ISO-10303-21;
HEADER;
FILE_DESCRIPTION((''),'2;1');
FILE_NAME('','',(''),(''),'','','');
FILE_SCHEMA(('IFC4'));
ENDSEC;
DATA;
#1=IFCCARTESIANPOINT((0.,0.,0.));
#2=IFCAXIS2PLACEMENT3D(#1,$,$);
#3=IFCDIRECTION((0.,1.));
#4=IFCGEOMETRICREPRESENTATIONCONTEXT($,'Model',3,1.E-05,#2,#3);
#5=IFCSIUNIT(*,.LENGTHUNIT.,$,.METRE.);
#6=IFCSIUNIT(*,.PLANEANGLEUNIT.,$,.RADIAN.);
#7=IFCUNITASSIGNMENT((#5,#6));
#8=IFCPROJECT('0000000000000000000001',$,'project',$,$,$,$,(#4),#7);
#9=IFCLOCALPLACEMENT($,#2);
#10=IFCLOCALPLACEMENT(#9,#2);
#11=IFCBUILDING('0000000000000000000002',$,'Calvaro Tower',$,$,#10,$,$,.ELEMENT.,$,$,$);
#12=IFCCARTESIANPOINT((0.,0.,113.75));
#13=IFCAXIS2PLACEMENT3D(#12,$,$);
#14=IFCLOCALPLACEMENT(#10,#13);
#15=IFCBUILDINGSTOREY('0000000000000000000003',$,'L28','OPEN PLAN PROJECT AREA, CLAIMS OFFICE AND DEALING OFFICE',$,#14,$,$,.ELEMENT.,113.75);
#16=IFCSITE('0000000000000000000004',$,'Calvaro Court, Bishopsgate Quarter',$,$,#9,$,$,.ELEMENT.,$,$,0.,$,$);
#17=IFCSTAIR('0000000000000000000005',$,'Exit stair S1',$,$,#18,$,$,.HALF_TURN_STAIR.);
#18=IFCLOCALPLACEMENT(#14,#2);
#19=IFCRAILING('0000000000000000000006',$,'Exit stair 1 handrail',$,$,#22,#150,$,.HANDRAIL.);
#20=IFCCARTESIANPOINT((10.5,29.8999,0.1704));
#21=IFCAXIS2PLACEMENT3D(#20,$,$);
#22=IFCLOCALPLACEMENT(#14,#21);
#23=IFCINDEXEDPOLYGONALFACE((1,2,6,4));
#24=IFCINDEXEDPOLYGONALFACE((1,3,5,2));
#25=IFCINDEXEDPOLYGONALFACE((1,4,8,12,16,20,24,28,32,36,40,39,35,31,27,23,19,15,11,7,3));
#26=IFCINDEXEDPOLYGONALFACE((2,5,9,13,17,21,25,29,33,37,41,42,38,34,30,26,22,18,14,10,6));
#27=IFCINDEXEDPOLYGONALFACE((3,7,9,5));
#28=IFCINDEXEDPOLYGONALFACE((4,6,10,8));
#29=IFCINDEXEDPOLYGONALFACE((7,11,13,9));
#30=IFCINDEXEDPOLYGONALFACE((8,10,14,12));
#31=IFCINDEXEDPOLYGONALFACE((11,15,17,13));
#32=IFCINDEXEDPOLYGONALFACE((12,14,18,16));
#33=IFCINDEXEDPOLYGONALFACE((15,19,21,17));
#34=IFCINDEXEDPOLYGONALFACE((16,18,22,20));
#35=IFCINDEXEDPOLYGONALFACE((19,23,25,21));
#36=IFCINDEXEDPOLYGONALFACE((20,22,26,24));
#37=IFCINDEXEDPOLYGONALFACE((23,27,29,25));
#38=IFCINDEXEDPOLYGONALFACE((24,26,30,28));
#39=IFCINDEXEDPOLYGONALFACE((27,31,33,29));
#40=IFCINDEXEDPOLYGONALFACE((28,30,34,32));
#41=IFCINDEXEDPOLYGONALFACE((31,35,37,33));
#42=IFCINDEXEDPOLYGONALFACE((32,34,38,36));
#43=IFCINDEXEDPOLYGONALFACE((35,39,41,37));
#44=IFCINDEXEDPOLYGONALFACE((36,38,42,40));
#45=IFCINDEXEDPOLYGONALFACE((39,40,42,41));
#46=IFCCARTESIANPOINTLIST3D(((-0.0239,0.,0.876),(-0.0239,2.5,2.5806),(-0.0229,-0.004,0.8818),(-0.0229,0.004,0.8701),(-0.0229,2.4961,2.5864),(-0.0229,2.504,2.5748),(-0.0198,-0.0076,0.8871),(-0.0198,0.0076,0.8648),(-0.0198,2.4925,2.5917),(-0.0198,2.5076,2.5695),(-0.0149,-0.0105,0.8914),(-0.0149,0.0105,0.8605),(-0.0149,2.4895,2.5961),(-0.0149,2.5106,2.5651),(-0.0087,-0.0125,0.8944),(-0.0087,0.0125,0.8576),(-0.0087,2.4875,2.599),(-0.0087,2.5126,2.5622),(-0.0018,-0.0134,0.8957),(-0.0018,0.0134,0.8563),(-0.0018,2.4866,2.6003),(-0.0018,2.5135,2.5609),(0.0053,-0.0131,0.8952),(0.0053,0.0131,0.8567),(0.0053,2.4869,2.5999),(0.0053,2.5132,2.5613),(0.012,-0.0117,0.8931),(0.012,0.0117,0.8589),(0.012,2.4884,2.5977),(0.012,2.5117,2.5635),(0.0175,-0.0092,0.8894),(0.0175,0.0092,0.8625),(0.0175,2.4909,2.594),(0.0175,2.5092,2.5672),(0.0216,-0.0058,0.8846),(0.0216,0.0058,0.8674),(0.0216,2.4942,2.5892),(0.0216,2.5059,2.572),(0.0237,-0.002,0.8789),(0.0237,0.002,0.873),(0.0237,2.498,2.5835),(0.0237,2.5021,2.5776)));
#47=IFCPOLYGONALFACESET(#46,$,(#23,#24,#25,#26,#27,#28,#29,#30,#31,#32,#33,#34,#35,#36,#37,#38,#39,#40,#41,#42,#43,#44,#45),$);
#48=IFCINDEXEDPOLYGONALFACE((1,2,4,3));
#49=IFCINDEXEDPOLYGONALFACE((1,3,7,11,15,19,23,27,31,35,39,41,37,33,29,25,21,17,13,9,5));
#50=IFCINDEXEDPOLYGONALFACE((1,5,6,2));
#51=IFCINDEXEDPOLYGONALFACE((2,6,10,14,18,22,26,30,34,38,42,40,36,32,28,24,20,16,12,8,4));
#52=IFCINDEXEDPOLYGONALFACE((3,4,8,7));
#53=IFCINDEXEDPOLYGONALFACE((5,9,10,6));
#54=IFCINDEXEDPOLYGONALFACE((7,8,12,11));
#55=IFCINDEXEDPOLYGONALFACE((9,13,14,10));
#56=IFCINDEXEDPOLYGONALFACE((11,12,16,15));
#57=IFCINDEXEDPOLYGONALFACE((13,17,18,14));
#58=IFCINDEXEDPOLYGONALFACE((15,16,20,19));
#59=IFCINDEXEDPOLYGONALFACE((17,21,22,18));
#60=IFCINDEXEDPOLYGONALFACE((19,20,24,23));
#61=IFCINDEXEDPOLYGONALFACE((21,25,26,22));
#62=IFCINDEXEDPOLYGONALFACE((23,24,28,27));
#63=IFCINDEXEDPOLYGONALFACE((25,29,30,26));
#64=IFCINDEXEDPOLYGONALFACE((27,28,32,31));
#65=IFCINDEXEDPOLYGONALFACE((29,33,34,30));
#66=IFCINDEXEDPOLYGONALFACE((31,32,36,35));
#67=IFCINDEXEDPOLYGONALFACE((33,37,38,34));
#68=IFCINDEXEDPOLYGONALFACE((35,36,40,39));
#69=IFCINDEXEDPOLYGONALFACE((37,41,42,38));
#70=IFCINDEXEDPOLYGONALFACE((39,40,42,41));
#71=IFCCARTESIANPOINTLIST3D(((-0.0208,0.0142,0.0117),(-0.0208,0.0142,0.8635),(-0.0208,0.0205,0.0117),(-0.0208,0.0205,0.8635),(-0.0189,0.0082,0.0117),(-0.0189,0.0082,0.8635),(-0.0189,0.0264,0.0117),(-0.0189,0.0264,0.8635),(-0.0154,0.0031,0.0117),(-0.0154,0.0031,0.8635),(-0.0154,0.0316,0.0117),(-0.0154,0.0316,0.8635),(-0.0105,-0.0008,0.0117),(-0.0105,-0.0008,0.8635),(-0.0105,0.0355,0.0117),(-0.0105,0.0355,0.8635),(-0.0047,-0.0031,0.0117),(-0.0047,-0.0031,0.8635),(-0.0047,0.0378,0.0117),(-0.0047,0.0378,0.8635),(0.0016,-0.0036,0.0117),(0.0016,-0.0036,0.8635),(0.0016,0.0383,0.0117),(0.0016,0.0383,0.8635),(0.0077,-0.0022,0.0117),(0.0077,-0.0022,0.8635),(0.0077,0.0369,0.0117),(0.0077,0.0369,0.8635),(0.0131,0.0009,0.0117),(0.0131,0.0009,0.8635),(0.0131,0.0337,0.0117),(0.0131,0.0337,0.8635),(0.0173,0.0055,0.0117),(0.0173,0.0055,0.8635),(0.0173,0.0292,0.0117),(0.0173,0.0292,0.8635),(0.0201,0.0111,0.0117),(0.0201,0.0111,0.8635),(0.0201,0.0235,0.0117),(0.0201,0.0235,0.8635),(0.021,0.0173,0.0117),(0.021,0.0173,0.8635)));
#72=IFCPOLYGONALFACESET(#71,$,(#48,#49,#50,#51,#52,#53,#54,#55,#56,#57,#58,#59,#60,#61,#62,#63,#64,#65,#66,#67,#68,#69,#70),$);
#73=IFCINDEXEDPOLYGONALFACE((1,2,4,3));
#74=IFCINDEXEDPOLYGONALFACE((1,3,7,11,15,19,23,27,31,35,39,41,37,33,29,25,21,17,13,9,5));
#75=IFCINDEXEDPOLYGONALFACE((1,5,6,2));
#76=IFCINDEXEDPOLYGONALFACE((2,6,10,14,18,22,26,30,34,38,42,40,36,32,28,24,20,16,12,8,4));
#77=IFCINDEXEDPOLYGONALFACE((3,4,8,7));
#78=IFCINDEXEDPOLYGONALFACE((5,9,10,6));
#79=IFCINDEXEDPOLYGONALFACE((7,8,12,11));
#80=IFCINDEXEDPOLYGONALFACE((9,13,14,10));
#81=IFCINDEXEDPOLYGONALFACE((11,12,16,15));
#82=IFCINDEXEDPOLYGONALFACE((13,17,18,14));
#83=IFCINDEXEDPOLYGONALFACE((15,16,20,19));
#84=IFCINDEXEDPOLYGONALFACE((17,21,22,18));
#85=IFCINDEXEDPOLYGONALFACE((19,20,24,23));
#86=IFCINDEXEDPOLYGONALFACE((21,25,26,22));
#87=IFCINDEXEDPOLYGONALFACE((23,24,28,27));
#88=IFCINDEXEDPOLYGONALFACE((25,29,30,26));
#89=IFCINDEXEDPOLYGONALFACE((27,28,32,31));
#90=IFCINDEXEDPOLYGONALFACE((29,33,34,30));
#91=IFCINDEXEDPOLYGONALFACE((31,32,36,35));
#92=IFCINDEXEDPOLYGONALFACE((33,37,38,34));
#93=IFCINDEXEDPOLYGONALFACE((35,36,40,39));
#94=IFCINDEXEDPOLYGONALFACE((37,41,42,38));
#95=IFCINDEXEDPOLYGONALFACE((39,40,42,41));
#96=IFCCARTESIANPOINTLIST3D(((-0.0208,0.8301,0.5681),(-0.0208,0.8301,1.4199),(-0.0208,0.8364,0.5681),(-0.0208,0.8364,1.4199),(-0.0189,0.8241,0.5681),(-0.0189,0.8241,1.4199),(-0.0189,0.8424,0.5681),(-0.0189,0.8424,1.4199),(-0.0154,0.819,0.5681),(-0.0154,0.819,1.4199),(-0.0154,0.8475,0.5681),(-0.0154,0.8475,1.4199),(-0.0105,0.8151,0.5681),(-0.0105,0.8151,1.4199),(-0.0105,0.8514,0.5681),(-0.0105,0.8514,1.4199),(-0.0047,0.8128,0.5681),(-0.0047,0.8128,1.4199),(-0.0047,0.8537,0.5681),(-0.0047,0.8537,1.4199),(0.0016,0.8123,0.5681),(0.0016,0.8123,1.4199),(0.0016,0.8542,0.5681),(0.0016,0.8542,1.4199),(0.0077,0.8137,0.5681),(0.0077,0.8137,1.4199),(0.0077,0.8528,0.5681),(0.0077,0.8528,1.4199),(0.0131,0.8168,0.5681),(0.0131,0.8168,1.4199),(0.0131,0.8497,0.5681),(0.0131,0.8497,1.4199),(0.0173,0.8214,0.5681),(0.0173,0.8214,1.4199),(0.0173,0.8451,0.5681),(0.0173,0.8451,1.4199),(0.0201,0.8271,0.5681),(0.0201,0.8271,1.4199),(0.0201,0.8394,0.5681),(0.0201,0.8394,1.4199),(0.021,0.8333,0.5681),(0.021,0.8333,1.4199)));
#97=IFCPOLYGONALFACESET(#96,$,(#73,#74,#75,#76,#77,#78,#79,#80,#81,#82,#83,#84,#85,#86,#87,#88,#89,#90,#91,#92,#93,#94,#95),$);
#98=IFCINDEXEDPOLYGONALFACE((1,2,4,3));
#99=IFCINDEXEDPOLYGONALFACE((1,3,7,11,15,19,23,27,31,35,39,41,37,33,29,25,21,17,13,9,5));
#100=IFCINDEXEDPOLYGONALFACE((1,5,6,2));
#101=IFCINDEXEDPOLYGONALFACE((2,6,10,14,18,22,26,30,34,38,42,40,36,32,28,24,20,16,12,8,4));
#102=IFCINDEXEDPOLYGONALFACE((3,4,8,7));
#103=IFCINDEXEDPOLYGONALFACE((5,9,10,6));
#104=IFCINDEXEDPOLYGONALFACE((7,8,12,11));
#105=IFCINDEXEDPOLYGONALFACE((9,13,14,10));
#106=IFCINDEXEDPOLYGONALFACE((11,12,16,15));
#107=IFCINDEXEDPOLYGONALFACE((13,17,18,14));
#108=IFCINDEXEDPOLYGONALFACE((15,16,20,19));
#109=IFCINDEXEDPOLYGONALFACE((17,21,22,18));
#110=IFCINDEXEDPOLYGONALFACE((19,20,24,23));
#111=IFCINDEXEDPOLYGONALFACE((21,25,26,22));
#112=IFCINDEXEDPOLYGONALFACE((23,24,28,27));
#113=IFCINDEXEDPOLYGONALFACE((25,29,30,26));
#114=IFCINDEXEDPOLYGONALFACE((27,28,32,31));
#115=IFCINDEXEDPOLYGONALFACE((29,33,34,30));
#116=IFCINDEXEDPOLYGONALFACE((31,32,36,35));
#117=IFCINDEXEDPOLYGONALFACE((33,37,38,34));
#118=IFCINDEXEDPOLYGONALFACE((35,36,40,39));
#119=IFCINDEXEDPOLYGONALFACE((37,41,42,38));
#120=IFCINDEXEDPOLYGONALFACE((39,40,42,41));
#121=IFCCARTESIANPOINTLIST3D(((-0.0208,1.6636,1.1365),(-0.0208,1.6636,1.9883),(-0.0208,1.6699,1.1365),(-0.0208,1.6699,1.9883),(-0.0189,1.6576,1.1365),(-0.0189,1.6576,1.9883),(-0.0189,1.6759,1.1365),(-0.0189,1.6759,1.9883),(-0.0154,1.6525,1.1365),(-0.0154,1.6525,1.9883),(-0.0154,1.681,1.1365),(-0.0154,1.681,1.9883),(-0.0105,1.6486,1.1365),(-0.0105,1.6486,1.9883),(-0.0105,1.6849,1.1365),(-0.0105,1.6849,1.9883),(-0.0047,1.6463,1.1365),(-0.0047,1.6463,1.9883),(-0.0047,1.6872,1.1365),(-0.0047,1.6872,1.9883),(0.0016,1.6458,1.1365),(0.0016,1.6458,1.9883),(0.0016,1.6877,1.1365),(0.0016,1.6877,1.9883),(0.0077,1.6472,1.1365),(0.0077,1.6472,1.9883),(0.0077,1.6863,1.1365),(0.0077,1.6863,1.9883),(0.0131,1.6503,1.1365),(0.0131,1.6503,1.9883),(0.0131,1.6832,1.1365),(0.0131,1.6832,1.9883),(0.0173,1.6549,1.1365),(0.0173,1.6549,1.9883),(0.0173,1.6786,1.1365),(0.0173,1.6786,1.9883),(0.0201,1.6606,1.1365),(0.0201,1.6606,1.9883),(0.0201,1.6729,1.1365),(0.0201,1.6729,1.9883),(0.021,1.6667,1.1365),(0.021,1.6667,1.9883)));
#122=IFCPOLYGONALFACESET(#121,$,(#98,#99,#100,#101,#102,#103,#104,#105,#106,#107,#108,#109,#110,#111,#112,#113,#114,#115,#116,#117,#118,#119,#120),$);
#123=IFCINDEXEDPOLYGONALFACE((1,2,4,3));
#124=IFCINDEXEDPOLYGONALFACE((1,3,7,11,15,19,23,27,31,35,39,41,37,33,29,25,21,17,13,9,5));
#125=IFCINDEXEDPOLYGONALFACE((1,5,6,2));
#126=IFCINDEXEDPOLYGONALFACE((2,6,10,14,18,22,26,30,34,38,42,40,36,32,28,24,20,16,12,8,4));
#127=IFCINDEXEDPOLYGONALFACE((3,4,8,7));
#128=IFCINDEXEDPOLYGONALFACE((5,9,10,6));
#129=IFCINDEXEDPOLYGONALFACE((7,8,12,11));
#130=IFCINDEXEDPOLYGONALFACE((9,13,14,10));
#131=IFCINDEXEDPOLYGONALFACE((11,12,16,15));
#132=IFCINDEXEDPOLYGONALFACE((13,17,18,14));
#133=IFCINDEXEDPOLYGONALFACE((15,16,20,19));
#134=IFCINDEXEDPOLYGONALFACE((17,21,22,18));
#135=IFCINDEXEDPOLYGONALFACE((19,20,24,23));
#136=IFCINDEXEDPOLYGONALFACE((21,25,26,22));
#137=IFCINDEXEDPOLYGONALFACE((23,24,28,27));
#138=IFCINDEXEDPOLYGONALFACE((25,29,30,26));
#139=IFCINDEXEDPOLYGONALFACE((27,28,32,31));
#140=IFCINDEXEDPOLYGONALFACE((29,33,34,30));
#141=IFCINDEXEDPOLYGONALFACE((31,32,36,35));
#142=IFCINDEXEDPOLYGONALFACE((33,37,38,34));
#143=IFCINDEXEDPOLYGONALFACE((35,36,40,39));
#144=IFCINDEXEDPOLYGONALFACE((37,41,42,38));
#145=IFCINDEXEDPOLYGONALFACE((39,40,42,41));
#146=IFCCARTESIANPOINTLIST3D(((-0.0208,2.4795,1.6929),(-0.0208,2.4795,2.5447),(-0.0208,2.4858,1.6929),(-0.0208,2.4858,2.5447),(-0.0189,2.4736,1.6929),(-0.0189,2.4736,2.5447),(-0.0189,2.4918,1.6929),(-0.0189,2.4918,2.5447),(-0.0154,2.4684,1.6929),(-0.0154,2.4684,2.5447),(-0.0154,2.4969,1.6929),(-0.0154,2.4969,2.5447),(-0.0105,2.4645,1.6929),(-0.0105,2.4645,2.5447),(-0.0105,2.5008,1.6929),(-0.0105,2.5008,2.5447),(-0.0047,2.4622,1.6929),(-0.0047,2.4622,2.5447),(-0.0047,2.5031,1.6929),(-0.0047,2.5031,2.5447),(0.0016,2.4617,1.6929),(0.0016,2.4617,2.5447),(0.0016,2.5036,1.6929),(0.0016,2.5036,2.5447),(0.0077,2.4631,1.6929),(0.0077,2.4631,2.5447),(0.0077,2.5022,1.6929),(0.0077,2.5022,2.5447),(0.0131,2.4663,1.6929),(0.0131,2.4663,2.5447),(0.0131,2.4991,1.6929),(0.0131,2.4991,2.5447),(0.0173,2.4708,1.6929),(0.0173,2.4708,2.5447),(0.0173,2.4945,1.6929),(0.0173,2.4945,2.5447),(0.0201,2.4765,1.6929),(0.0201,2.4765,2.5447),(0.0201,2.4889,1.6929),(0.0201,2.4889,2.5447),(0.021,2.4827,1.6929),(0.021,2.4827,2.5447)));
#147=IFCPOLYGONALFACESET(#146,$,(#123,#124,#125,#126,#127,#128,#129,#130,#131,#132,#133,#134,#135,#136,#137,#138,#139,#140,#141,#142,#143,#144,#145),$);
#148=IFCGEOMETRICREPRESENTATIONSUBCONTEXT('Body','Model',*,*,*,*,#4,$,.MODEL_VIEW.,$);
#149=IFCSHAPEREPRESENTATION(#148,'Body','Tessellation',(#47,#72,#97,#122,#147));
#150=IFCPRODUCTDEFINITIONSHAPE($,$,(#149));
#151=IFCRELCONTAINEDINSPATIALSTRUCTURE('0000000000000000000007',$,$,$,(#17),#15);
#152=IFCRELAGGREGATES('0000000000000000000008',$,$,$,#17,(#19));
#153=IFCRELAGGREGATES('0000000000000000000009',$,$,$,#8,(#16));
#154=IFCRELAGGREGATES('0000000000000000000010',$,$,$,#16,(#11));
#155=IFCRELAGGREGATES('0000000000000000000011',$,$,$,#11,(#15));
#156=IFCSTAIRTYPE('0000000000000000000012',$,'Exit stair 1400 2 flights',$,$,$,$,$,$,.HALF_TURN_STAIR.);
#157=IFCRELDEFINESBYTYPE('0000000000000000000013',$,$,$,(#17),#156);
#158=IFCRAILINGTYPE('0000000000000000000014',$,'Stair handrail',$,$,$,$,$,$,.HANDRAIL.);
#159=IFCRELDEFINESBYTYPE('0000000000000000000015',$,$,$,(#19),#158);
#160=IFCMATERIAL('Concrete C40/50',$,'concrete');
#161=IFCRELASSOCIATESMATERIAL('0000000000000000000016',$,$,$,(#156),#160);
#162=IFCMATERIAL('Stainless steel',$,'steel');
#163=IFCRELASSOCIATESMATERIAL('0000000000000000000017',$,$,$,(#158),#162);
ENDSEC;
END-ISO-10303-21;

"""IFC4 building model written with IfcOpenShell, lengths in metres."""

from ifc_helpers import new_model, si_unit, direction, frame, origin, origin_2d, place, context, subcontext, project, spatial, circle, extrude, material, type_object, element, aggregate, save


model = new_model("IFC4")

# Units and contexts
model_context = context("Model", 3, precision=1e-05, world=origin(), true_north=direction((0.0, 1.0)))
body_context = subcontext(model_context, "Body", "Model", "MODEL_VIEW")
ifc_project = project(units=[si_unit("LENGTHUNIT", "METRE"), si_unit("PLANEANGLEUNIT", "RADIAN")], contexts=[model_context])

# Site, building, storey
site_placement = place(None, origin())
site = spatial("IfcSite", under=ifc_project, at=site_placement, Name="Calvaro Court, Bishopsgate Quarter", CompositionType="ELEMENT", RefElevation=0.0)
building_placement = place(site_placement, origin())
building = spatial("IfcBuilding", under=site, at=building_placement, Name="Calvaro Tower", CompositionType="ELEMENT")
storey_placement = place(building_placement, frame((0.0, 0.0, 113.75)))
storey = spatial("IfcBuildingStorey", under=building, at=storey_placement, Name="L28", Description="OPEN PLAN PROJECT AREA, CLAIMS OFFICE AND DEALING OFFICE", CompositionType="ELEMENT", Elevation=113.75)

# Stair, railing
ifc_material_1 = material(Name="Concrete C40/50", Category="concrete")
stair_type = type_object("IfcStairType", Name="Exit stair 1400 2 flights", PredefinedType="HALF_TURN_STAIR", material=ifc_material_1)
stair_placement = place(storey_placement, origin())
stair = element("IfcStair", 1, at=stair_placement, inside=storey, type_object=stair_type, Name="Exit stair S1", PredefinedType="HALF_TURN_STAIR")
ifc_material_2 = material(Name="Stainless steel", Category="steel")
railing_type = type_object("IfcRailingType", Name="Stair handrail", PredefinedType="HANDRAIL", material=ifc_material_2)
railing_placement = place(storey_placement, frame((10.5, 29.8999, 0.1704)))
railing = element("IfcRailing", 2, at=railing_placement, type_object=railing_type, Name="Exit stair 1 handrail", PredefinedType="HANDRAIL", context=body_context, shape_type="SweptSolid", body=[
    extrude(circle(Radius=0.0239, at=origin_2d()), frame((0.0, 0.0, 0.876), z_axis=(0.0, 0.826221, 0.563347), x_axis=(-1.0, 0.0, 0.0)), (0.0, 0.0, 1.0), 3.0259),
    extrude(circle(Radius=0.021, at=origin_2d()), frame((0.0, 0.0173, 0.0117)), (0.0, 0.0, 1.0), 0.8518),
    extrude(circle(Radius=0.021, at=origin_2d()), frame((0.0, 0.8333, 0.5681)), (0.0, 0.0, 1.0), 0.8518),
    extrude(circle(Radius=0.021, at=origin_2d()), frame((0.0, 1.6667, 1.1365)), (0.0, 0.0, 1.0), 0.8518),
    extrude(circle(Radius=0.021, at=origin_2d()), frame((0.0, 2.4827, 1.6929)), (0.0, 0.0, 1.0), 0.8518),
])
aggregate(stair, [railing])

save(model, "model.ifc")
